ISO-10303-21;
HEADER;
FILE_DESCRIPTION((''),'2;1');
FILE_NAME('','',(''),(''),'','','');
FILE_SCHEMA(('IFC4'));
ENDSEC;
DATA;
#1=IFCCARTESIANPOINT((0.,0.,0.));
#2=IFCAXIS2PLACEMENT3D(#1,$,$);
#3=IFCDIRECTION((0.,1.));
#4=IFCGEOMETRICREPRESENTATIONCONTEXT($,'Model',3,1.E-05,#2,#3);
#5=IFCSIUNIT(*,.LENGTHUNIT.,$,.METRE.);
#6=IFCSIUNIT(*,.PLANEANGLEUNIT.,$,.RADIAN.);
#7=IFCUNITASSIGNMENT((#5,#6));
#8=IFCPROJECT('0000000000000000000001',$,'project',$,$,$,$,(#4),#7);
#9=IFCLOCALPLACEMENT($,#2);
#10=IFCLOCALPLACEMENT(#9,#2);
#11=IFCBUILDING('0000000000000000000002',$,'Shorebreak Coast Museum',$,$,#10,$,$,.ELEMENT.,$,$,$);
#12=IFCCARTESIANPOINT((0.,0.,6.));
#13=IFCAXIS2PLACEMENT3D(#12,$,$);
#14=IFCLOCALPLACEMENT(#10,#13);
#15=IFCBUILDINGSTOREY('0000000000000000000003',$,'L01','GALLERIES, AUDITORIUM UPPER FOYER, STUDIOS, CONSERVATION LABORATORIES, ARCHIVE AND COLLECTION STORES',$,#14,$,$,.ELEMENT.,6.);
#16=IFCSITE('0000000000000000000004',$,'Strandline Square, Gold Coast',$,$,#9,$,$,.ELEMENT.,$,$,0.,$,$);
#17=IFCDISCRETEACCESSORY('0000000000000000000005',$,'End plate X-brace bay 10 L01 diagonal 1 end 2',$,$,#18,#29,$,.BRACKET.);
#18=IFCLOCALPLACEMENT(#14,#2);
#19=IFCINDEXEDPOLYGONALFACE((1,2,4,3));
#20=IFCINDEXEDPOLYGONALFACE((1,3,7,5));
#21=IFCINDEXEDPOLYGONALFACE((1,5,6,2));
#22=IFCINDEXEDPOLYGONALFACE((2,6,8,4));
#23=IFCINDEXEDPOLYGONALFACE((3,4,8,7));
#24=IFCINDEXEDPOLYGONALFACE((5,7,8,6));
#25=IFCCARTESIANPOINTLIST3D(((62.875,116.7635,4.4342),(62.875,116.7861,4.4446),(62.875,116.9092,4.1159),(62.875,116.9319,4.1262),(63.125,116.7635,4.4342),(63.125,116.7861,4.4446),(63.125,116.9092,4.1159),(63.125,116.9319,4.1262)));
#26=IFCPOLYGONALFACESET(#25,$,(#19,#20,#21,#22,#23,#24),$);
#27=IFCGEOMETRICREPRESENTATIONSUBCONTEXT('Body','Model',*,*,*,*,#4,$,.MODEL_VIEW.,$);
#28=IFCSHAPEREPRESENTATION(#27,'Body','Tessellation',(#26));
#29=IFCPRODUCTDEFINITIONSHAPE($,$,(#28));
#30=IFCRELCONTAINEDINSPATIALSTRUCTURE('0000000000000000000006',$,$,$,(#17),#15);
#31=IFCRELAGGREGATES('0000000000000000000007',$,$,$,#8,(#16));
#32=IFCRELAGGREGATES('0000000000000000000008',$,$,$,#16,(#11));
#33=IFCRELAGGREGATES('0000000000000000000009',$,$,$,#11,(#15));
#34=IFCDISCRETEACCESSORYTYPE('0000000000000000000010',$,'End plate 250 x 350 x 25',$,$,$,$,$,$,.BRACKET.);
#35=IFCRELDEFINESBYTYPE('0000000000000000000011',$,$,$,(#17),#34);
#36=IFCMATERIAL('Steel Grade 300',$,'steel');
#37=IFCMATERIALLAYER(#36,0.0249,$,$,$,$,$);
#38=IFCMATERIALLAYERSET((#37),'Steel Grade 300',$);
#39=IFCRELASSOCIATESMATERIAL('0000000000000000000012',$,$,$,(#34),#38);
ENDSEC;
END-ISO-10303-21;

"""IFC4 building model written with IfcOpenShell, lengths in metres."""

from ifc_helpers import new_model, si_unit, direction, frame, origin, place, context, subcontext, project, spatial, polyline, outline, extrude, material, layer, layer_set, type_object, element, save


model = new_model("IFC4")

# Units and contexts
model_context = context("Model", 3, precision=1e-05, world=origin(), true_north=direction((0.0, 1.0)))
body_context = subcontext(model_context, "Body", "Model", "MODEL_VIEW")
ifc_project = project(units=[si_unit("LENGTHUNIT", "METRE"), si_unit("PLANEANGLEUNIT", "RADIAN")], contexts=[model_context])

# Site, building, storey
site_placement = place(None, origin())
site = spatial("IfcSite", under=ifc_project, at=site_placement, Name="Strandline Square, Gold Coast", CompositionType="ELEMENT", RefElevation=0.0)
building_placement = place(site_placement, origin())
building = spatial("IfcBuilding", under=site, at=building_placement, Name="Shorebreak Coast Museum", CompositionType="ELEMENT")
storey_placement = place(building_placement, frame((0.0, 0.0, 6.0)))
storey = spatial("IfcBuildingStorey", under=building, at=storey_placement, Name="L01", Description="GALLERIES, AUDITORIUM UPPER FOYER, STUDIOS, CONSERVATION LABORATORIES, ARCHIVE AND COLLECTION STORES", CompositionType="ELEMENT", Elevation=6.0)

# Discrete accessory
ifc_material_1 = material(Name="Steel Grade 300", Category="steel")
ifc_layer_1 = layer(ifc_material_1, 0.0249)
ifc_layer_set_1 = layer_set([ifc_layer_1], Name="Steel Grade 300")
discrete_accessory_type = type_object("IfcDiscreteAccessoryType", Name="End plate 250 x 350 x 25", PredefinedType="BRACKET", material=ifc_layer_set_1)
discrete_accessory_placement = place(storey_placement, frame((63.125, 116.9319, 4.1262), z_axis=(0.0, 0.909241, 0.416271), x_axis=(-1.0, 0.0, 0.0)))
element("IfcDiscreteAccessory", 1, at=discrete_accessory_placement, inside=storey, type_object=discrete_accessory_type, Name="End plate X-brace bay 10 L01 diagonal 1 end 2", PredefinedType="BRACKET", context=body_context, shape_type="SweptSolid", body=[
    extrude(outline(polyline([(0.0, 0.0), (0.25, 0.0), (0.25, 0.3501), (0.0, 0.3501), (0.0, 0.0)])), origin(), (0.0, 0.0, -1.0), 0.0249),
])

save(model, "model.ifc")
